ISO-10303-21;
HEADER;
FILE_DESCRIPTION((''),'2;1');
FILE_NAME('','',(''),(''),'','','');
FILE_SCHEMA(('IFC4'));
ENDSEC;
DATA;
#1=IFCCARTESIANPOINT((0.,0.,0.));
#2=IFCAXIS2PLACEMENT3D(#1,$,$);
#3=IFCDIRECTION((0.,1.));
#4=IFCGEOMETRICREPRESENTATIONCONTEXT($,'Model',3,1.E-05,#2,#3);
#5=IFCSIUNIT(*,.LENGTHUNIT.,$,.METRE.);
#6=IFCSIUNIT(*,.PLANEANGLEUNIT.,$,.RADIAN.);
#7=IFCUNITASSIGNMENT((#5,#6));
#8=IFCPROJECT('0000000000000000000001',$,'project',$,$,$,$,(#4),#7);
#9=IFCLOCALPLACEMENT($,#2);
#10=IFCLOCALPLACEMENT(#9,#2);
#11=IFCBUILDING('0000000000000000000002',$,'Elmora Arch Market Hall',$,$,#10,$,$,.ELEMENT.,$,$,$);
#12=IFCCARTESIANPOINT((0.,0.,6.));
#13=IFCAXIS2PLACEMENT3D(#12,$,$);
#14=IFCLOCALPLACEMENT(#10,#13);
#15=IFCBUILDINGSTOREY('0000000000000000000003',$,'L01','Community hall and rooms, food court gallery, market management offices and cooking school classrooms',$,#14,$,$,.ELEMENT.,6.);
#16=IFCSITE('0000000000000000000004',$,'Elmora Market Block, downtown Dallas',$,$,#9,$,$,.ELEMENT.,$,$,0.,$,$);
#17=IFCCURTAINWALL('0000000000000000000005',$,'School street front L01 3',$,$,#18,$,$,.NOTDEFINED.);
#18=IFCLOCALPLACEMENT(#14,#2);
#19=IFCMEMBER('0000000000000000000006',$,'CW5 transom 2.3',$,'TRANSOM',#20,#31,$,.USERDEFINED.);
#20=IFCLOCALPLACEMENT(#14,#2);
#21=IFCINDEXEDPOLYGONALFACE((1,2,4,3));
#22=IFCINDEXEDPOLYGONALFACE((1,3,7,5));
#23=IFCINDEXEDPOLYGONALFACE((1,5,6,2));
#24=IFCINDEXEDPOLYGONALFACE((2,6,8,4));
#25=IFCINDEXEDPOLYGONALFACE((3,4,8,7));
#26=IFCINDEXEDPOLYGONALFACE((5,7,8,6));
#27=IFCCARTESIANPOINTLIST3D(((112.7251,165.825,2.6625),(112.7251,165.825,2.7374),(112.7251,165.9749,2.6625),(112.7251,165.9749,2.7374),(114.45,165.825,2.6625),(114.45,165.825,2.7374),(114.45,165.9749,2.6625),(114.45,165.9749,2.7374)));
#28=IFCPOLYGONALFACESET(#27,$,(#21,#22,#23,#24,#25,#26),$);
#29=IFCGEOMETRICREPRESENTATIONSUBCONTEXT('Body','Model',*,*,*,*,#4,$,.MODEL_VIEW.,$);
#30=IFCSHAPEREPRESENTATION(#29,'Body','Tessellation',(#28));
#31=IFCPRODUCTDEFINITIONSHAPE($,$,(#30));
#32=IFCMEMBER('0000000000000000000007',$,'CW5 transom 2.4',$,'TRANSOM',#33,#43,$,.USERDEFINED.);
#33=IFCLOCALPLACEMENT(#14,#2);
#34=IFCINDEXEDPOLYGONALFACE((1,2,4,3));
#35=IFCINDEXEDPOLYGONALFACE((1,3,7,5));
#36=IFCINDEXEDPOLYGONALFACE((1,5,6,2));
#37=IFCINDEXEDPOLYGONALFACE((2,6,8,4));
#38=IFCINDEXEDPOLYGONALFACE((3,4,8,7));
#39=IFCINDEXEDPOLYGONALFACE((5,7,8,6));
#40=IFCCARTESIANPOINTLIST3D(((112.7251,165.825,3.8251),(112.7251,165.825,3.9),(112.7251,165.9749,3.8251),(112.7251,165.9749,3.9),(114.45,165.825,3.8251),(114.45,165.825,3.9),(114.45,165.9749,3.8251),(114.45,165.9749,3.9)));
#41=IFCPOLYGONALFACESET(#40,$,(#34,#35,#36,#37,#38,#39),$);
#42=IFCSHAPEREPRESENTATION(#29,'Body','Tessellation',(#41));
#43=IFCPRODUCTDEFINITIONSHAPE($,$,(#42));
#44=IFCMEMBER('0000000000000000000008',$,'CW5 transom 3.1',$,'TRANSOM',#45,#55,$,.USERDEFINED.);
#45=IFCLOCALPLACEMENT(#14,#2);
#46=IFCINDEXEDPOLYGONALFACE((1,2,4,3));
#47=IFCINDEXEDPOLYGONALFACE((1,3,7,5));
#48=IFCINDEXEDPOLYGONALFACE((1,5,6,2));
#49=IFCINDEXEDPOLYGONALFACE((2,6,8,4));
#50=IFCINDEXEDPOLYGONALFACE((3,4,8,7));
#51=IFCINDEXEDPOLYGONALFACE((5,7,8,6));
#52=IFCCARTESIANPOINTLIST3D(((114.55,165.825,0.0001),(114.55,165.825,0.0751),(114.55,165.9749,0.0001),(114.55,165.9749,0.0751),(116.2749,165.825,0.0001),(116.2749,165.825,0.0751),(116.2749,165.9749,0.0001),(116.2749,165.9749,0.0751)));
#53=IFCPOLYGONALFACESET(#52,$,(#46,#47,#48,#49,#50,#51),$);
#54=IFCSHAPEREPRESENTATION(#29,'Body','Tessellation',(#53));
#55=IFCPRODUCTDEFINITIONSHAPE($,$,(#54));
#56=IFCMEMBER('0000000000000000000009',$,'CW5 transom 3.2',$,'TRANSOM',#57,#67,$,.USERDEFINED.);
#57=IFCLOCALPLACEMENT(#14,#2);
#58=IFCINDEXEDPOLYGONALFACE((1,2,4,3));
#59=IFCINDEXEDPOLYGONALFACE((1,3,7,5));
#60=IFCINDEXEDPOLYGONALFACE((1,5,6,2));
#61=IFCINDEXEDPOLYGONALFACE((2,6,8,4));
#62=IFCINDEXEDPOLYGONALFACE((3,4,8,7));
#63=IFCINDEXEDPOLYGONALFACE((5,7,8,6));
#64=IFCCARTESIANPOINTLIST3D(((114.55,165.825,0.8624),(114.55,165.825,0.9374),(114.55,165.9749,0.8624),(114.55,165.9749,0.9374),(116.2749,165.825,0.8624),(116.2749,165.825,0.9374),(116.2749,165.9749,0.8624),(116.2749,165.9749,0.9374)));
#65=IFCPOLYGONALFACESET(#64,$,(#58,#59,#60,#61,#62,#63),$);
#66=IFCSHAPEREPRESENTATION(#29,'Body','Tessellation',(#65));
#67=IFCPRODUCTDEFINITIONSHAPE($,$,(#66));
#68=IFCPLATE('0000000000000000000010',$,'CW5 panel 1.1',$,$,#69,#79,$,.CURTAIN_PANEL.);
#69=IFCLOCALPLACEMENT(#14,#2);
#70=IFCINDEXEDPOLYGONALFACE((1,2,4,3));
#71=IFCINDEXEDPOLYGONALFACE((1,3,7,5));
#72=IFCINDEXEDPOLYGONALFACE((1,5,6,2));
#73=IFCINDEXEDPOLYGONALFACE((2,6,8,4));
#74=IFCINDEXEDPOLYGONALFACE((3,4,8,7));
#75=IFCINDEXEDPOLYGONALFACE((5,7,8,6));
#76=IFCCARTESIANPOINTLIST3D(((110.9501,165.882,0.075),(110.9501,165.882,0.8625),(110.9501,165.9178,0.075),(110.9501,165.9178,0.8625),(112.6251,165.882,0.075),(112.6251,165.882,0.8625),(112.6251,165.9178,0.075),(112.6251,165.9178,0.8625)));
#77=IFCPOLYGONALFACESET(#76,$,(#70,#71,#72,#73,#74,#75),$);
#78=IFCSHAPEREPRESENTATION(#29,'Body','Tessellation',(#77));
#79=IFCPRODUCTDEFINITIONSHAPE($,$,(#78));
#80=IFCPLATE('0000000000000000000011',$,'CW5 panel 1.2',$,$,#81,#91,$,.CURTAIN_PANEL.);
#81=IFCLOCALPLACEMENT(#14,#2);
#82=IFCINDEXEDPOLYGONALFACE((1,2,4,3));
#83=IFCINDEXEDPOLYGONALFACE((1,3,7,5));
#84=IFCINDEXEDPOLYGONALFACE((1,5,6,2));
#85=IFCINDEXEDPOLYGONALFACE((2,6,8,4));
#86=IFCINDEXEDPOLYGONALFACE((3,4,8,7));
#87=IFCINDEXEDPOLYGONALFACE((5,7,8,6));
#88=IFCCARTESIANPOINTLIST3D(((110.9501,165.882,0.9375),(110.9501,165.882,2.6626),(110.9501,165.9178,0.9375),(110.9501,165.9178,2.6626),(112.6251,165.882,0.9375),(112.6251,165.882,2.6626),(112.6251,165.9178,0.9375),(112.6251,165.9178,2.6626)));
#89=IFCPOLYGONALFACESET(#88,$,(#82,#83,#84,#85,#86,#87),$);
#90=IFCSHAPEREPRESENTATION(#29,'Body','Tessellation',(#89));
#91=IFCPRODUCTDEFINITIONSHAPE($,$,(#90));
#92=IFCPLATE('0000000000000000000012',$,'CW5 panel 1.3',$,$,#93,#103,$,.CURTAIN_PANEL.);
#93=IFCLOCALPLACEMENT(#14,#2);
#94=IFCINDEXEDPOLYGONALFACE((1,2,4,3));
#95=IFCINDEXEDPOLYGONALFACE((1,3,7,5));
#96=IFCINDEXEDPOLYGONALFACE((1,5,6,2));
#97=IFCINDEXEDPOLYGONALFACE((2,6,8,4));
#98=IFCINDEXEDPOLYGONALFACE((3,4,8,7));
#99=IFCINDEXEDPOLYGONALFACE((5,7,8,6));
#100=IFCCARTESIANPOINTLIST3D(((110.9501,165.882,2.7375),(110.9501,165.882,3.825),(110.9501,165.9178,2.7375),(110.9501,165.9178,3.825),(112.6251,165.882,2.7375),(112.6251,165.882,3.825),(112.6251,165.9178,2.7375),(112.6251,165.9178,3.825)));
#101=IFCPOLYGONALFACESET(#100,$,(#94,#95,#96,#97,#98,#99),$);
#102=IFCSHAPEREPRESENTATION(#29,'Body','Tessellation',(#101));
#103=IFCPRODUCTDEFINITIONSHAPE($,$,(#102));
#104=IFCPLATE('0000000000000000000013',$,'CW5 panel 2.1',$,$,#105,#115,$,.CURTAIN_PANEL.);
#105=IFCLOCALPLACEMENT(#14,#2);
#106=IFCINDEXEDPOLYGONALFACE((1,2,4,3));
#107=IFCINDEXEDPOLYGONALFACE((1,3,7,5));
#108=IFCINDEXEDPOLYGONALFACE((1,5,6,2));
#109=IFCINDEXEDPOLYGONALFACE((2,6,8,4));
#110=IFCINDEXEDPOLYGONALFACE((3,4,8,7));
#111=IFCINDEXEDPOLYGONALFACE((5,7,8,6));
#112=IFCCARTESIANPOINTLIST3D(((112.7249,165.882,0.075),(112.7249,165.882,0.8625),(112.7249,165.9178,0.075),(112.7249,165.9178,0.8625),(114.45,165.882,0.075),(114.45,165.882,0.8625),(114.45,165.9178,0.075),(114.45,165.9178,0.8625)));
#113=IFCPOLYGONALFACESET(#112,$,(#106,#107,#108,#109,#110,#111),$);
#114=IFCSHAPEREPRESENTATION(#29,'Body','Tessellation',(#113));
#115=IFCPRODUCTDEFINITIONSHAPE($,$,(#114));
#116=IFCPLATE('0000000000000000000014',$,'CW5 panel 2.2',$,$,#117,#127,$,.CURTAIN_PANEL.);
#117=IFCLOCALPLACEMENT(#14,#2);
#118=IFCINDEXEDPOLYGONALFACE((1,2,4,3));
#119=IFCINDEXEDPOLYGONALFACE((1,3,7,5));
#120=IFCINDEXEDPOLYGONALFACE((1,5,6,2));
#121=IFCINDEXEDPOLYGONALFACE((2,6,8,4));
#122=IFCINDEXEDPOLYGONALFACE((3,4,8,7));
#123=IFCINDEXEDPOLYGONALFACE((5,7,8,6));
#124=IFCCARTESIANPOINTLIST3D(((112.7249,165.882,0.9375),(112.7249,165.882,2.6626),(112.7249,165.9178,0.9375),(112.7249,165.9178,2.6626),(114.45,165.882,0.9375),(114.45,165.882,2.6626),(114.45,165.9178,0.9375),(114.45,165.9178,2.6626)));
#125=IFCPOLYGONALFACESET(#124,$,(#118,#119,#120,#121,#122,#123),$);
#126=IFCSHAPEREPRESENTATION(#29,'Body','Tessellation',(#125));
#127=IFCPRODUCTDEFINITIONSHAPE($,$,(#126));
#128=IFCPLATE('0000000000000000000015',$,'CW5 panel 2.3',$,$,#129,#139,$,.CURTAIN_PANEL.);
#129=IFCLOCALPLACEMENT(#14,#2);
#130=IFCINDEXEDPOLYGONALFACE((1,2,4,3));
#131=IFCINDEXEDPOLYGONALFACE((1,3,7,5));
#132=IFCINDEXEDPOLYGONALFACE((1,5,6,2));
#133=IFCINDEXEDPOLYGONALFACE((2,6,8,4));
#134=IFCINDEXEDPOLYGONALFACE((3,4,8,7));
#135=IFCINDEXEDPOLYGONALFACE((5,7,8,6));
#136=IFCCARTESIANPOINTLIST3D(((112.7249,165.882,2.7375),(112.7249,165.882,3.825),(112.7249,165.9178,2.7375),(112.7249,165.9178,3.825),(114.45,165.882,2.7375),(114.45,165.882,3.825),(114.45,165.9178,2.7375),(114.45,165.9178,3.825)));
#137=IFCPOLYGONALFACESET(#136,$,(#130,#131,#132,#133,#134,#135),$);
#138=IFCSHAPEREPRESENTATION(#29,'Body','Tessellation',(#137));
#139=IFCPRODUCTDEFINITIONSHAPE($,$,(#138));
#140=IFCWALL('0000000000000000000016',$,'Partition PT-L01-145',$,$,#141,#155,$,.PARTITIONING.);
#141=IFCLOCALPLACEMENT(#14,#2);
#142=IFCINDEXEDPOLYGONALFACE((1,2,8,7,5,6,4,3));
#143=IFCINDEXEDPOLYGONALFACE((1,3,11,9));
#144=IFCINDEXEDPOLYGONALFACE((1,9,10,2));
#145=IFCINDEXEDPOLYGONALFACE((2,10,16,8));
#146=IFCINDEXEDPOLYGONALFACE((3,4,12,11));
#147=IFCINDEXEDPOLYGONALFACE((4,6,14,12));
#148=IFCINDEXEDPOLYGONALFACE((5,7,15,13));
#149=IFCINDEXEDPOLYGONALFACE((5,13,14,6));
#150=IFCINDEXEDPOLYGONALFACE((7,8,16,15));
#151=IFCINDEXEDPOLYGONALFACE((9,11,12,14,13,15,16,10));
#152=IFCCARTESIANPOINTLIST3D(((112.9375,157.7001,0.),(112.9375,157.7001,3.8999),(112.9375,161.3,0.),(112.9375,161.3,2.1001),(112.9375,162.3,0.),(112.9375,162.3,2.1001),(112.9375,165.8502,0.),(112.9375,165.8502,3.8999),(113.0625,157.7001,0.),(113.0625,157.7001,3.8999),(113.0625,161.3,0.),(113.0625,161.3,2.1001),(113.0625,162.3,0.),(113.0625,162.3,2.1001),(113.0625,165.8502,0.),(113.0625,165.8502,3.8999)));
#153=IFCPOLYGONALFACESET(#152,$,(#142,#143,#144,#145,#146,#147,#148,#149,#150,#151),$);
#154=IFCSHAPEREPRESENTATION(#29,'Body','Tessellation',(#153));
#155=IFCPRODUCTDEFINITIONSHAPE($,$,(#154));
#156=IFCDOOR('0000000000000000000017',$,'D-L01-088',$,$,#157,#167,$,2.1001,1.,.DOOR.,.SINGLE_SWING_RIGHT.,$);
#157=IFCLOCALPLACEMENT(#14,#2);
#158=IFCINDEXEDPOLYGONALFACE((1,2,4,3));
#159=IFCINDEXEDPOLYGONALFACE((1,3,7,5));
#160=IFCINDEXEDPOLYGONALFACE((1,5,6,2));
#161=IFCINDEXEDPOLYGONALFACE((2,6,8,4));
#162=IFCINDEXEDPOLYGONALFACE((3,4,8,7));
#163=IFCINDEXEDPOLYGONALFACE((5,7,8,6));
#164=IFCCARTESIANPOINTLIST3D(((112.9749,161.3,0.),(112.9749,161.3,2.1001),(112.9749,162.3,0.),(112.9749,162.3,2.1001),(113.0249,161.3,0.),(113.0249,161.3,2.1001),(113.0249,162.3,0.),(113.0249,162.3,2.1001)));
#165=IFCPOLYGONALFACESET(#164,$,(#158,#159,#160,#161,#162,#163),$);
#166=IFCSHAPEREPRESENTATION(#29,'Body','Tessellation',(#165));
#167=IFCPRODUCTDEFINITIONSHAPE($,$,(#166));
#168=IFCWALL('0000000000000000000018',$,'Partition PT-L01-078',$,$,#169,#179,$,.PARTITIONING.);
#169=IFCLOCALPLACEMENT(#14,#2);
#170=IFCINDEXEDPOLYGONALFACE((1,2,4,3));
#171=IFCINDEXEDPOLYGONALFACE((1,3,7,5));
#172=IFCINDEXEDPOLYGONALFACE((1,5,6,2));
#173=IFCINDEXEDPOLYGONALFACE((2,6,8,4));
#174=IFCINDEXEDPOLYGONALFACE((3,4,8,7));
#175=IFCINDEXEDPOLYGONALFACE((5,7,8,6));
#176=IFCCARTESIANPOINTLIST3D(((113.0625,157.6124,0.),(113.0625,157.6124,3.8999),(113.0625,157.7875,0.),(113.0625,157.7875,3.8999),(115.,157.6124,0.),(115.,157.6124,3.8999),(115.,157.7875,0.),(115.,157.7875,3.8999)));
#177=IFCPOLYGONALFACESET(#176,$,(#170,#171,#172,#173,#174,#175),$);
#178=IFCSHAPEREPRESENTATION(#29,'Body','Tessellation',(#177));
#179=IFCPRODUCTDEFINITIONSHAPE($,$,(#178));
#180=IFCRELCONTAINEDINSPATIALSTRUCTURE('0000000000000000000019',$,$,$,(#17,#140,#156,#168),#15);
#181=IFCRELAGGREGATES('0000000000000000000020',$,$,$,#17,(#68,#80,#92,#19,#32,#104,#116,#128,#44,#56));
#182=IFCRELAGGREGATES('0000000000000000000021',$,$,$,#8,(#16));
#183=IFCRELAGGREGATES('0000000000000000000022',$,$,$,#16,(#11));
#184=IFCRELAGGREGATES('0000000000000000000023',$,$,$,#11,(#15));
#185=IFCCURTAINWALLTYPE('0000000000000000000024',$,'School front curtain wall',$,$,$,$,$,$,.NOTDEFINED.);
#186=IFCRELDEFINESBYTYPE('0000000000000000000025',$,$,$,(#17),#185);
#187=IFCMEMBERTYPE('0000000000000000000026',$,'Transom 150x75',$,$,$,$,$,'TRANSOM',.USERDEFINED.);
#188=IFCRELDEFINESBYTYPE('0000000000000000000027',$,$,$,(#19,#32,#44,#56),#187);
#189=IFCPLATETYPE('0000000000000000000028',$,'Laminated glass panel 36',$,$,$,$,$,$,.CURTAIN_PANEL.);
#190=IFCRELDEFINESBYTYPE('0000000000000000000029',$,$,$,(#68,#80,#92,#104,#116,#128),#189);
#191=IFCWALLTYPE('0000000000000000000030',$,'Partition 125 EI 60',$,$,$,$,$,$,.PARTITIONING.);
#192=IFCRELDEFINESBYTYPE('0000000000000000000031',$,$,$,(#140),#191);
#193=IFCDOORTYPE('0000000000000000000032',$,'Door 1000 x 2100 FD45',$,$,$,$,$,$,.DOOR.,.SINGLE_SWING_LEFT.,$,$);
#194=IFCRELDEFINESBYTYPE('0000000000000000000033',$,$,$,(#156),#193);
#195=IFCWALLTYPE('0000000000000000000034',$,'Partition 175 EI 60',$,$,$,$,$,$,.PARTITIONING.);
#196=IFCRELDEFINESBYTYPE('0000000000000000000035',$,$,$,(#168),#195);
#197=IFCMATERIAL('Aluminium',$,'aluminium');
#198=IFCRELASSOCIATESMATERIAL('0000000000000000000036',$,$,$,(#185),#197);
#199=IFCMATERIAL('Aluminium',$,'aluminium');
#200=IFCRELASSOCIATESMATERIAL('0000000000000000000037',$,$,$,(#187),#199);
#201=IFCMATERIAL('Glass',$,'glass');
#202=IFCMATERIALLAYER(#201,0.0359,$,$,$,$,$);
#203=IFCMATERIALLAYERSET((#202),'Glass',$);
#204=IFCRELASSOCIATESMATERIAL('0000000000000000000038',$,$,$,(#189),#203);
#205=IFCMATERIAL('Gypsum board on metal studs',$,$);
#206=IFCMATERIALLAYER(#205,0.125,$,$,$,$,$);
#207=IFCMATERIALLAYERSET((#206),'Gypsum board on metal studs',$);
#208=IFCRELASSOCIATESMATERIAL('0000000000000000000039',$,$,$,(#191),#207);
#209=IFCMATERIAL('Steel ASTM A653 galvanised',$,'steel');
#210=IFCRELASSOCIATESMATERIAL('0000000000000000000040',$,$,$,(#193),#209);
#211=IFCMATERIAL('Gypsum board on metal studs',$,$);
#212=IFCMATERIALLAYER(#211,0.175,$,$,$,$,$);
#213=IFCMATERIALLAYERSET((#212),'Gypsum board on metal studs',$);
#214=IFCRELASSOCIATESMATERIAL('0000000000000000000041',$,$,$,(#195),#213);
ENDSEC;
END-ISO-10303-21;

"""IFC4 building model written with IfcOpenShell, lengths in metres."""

from ifc_helpers import new_model, si_unit, direction, frame, frame_2d, origin, origin_2d, place, context, subcontext, project, spatial, rectangle, extrude, material, layer, layer_set, material_profile, profile_set, type_object, element, fill, aggregate, save


model = new_model("IFC4")

# Units and contexts
model_context = context("Model", 3, precision=1e-05, world=origin(), true_north=direction((0.0, 1.0)))
body_context = subcontext(model_context, "Body", "Model", "MODEL_VIEW")
ifc_project = project(units=[si_unit("LENGTHUNIT", "METRE"), si_unit("PLANEANGLEUNIT", "RADIAN")], contexts=[model_context])

# Site, building, storey
site_placement = place(None, origin())
site = spatial("IfcSite", under=ifc_project, at=site_placement, Name="Elmora Market Block, downtown Dallas", CompositionType="ELEMENT", RefElevation=0.0)
building_placement = place(site_placement, origin())
building = spatial("IfcBuilding", under=site, at=building_placement, Name="Elmora Arch Market Hall", CompositionType="ELEMENT")
storey_placement = place(building_placement, frame((0.0, 0.0, 6.0)))
storey = spatial("IfcBuildingStorey", under=building, at=storey_placement, Name="L01", Description="Community hall and rooms, food court gallery, market management offices and cooking school classrooms", CompositionType="ELEMENT", Elevation=6.0)

# Curtain wall
ifc_material_1 = material(Name="Aluminium", Category="aluminium")
curtain_wall_type = type_object("IfcCurtainWallType", Name="School front curtain wall", PredefinedType="NOTDEFINED", material=ifc_material_1)
curtain_wall_placement = place(storey_placement, origin())
curtain_wall = element("IfcCurtainWall", 1, at=curtain_wall_placement, inside=storey, type_object=curtain_wall_type, Name="School street front L01 3", PredefinedType="NOTDEFINED")

# Members
ifc_material_2 = material(Name="Aluminium", Category="aluminium")
ifc_material_profile_1 = material_profile(ifc_material_2, rectangle(XDim=0.1499, YDim=0.075, at=origin_2d()), Name="AL 150x75")
ifc_profile_set_1 = profile_set([ifc_material_profile_1], Name="Aluminium")
member_type_1 = type_object("IfcMemberType", Name="Transom 150x75", ElementType="TRANSOM", PredefinedType="USERDEFINED", material=ifc_profile_set_1)
member_1_placement = place(storey_placement, frame((112.7251, 165.8999, 2.7), z_axis=(1.0, 0.0, 0.0), x_axis=(0.0, 1.0, 0.0)))
member_1 = element("IfcMember", 2, at=member_1_placement, type_object=member_type_1, Name="CW5 transom 2.3", ObjectType="TRANSOM", PredefinedType="USERDEFINED", context=body_context, shape_type="SweptSolid", body=[
    extrude(rectangle(XDim=0.1499, YDim=0.075, at=origin_2d()), origin(), (0.0, 0.0, 1.0), 1.7249),
])
member_2_placement = place(storey_placement, frame((112.7251, 165.8999, 3.8625), z_axis=(1.0, 0.0, 0.0), x_axis=(0.0, 1.0, 0.0)))
member_2 = element("IfcMember", 3, at=member_2_placement, type_object=member_type_1, Name="CW5 transom 2.4", ObjectType="TRANSOM", PredefinedType="USERDEFINED", context=body_context, shape_type="SweptSolid", body=[
    extrude(rectangle(XDim=0.1499, YDim=0.075, at=origin_2d()), origin(), (0.0, 0.0, 1.0), 1.7249),
])
member_3_placement = place(storey_placement, frame((114.55, 165.8999, 0.0376), z_axis=(1.0, 0.0, 0.0), x_axis=(0.0, 1.0, 0.0)))
member_3 = element("IfcMember", 4, at=member_3_placement, type_object=member_type_1, Name="CW5 transom 3.1", ObjectType="TRANSOM", PredefinedType="USERDEFINED", context=body_context, shape_type="SweptSolid", body=[
    extrude(rectangle(XDim=0.1499, YDim=0.075, at=origin_2d()), origin(), (0.0, 0.0, 1.0), 1.7249),
])
member_4_placement = place(storey_placement, frame((114.55, 165.8999, 0.8999), z_axis=(1.0, 0.0, 0.0), x_axis=(0.0, 1.0, 0.0)))
member_4 = element("IfcMember", 5, at=member_4_placement, type_object=member_type_1, Name="CW5 transom 3.2", ObjectType="TRANSOM", PredefinedType="USERDEFINED", context=body_context, shape_type="SweptSolid", body=[
    extrude(rectangle(XDim=0.1499, YDim=0.075, at=origin_2d()), origin(), (0.0, 0.0, 1.0), 1.7249),
])

# Plates
ifc_material_3 = material(Name="Glass", Category="glass")
ifc_layer_1 = layer(ifc_material_3, 0.0359)
ifc_layer_set_1 = layer_set([ifc_layer_1], Name="Glass")
plate_type = type_object("IfcPlateType", Name="Laminated glass panel 36", PredefinedType="CURTAIN_PANEL", material=ifc_layer_set_1)
plate_1_placement = place(storey_placement, frame((111.7876, 165.8999, 0.075), z_axis=(0.0, 0.0, 1.0), x_axis=(1.0, 0.0, 0.0)))
plate_1 = element("IfcPlate", 6, at=plate_1_placement, type_object=plate_type, Name="CW5 panel 1.1", PredefinedType="CURTAIN_PANEL", context=body_context, shape_type="SweptSolid", body=[
    extrude(rectangle(XDim=1.675, YDim=0.0359, at=origin_2d()), origin(), (0.0, 0.0, 1.0), 0.7876),
])
plate_2_placement = place(storey_placement, frame((111.7876, 165.8999, 0.9375), z_axis=(0.0, 0.0, 1.0), x_axis=(1.0, 0.0, 0.0)))
plate_2 = element("IfcPlate", 7, at=plate_2_placement, type_object=plate_type, Name="CW5 panel 1.2", PredefinedType="CURTAIN_PANEL", context=body_context, shape_type="SweptSolid", body=[
    extrude(rectangle(XDim=1.675, YDim=0.0359, at=origin_2d()), origin(), (0.0, 0.0, 1.0), 1.7251),
])
plate_3_placement = place(storey_placement, frame((111.7876, 165.8999, 2.7375), z_axis=(0.0, 0.0, 1.0), x_axis=(1.0, 0.0, 0.0)))
plate_3 = element("IfcPlate", 8, at=plate_3_placement, type_object=plate_type, Name="CW5 panel 1.3", PredefinedType="CURTAIN_PANEL", context=body_context, shape_type="SweptSolid", body=[
    extrude(rectangle(XDim=1.675, YDim=0.0359, at=origin_2d()), origin(), (0.0, 0.0, 1.0), 1.0874),
])
plate_4_placement = place(storey_placement, frame((113.5874, 165.8999, 0.075), z_axis=(0.0, 0.0, 1.0), x_axis=(1.0, 0.0, 0.0)))
plate_4 = element("IfcPlate", 9, at=plate_4_placement, type_object=plate_type, Name="CW5 panel 2.1", PredefinedType="CURTAIN_PANEL", context=body_context, shape_type="SweptSolid", body=[
    extrude(rectangle(XDim=1.7251, YDim=0.0359, at=origin_2d()), origin(), (0.0, 0.0, 1.0), 0.7876),
])
plate_5_placement = place(storey_placement, frame((113.5874, 165.8999, 0.9375), z_axis=(0.0, 0.0, 1.0), x_axis=(1.0, 0.0, 0.0)))
plate_5 = element("IfcPlate", 10, at=plate_5_placement, type_object=plate_type, Name="CW5 panel 2.2", PredefinedType="CURTAIN_PANEL", context=body_context, shape_type="SweptSolid", body=[
    extrude(rectangle(XDim=1.7251, YDim=0.0359, at=origin_2d()), origin(), (0.0, 0.0, 1.0), 1.7251),
])
plate_6_placement = place(storey_placement, frame((113.5874, 165.8999, 2.7375), z_axis=(0.0, 0.0, 1.0), x_axis=(1.0, 0.0, 0.0)))
plate_6 = element("IfcPlate", 11, at=plate_6_placement, type_object=plate_type, Name="CW5 panel 2.3", PredefinedType="CURTAIN_PANEL", context=body_context, shape_type="SweptSolid", body=[
    extrude(rectangle(XDim=1.7251, YDim=0.0359, at=origin_2d()), origin(), (0.0, 0.0, 1.0), 1.0874),
])
aggregate(curtain_wall, [plate_1, plate_2, plate_3, member_1, member_2, plate_4, plate_5, plate_6, member_3, member_4])

# Wall, opening, door
ifc_material_4 = material(Name="Gypsum board on metal studs")
ifc_layer_2 = layer(ifc_material_4, 0.125)
ifc_layer_set_2 = layer_set([ifc_layer_2], Name="Gypsum board on metal studs")
wall_type_1 = type_object("IfcWallType", Name="Partition 125 EI 60", PredefinedType="PARTITIONING", material=ifc_layer_set_2)
wall_1_placement = place(storey_placement, frame((113.0, 157.7, 0.0), z_axis=(0.0, 0.0, 1.0), x_axis=(0.0, 1.0, 0.0)))
wall_1 = element("IfcWall", 12, at=wall_1_placement, inside=storey, type_object=wall_type_1, Name="Partition PT-L01-145", PredefinedType="PARTITIONING", context=body_context, shape_type="SweptSolid", body=[
    extrude(rectangle(XDim=8.1501, YDim=0.125, at=frame_2d((4.0752, 0.0))), origin(), (0.0, 0.0, 1.0), 3.8999),
])
opening_placement = place(wall_1_placement, frame((3.6001, 0.0, 0.0)))
opening = element("IfcOpeningElement", 13, at=opening_placement, cuts=wall_1, PredefinedType="OPENING", context=body_context, shape_type="SweptSolid", body=[
    extrude(rectangle(XDim=1.0, YDim=2.1001, at=frame_2d((0.5, 1.05))), frame((0.0, 0.0725, 0.0), z_axis=(0.0, -1.0, 0.0), x_axis=(1.0, 0.0, 0.0)), (0.0, 0.0, 1.0), 0.145),
])
ifc_material_5 = material(Name="Steel ASTM A653 galvanised", Category="steel")
door_type = type_object("IfcDoorType", Name="Door 1000 x 2100 FD45", OperationType="SINGLE_SWING_LEFT", PredefinedType="DOOR", material=ifc_material_5)
door_placement = place(opening_placement, frame((1.0, 0.0, 0.0), z_axis=(0.0, 0.0, 1.0), x_axis=(-1.0, 0.0, 0.0)))
door = element("IfcDoor", 14, at=door_placement, inside=storey, type_object=door_type, Name="D-L01-088", OperationType="SINGLE_SWING_RIGHT", OverallHeight=2.1001, OverallWidth=1.0, PredefinedType="DOOR", context=body_context, shape_type="SweptSolid", body=[
    extrude(rectangle(XDim=1.0, YDim=2.1001, at=frame_2d((0.5, 1.05))), frame((0.0, 0.0249, 0.0), z_axis=(0.0, -1.0, 0.0), x_axis=(1.0, 0.0, 0.0)), (0.0, 0.0, 1.0), 0.05),
])
fill(opening, door)

# Wall
ifc_material_6 = material(Name="Gypsum board on metal studs")
ifc_layer_3 = layer(ifc_material_6, 0.175)
ifc_layer_set_3 = layer_set([ifc_layer_3], Name="Gypsum board on metal studs")
wall_type_2 = type_object("IfcWallType", Name="Partition 175 EI 60", PredefinedType="PARTITIONING", material=ifc_layer_set_3)
wall_2_placement = place(storey_placement, frame((113.0625, 157.7, 0.0), z_axis=(0.0, 0.0, 1.0), x_axis=(1.0, 0.0, 0.0)))
element("IfcWall", 15, at=wall_2_placement, inside=storey, type_object=wall_type_2, Name="Partition PT-L01-078", PredefinedType="PARTITIONING", context=body_context, shape_type="SweptSolid", body=[
    extrude(rectangle(XDim=1.9375, YDim=0.175, at=frame_2d((0.9688, 0.0))), origin(), (0.0, 0.0, 1.0), 3.8999),
])

save(model, "model.ifc")
